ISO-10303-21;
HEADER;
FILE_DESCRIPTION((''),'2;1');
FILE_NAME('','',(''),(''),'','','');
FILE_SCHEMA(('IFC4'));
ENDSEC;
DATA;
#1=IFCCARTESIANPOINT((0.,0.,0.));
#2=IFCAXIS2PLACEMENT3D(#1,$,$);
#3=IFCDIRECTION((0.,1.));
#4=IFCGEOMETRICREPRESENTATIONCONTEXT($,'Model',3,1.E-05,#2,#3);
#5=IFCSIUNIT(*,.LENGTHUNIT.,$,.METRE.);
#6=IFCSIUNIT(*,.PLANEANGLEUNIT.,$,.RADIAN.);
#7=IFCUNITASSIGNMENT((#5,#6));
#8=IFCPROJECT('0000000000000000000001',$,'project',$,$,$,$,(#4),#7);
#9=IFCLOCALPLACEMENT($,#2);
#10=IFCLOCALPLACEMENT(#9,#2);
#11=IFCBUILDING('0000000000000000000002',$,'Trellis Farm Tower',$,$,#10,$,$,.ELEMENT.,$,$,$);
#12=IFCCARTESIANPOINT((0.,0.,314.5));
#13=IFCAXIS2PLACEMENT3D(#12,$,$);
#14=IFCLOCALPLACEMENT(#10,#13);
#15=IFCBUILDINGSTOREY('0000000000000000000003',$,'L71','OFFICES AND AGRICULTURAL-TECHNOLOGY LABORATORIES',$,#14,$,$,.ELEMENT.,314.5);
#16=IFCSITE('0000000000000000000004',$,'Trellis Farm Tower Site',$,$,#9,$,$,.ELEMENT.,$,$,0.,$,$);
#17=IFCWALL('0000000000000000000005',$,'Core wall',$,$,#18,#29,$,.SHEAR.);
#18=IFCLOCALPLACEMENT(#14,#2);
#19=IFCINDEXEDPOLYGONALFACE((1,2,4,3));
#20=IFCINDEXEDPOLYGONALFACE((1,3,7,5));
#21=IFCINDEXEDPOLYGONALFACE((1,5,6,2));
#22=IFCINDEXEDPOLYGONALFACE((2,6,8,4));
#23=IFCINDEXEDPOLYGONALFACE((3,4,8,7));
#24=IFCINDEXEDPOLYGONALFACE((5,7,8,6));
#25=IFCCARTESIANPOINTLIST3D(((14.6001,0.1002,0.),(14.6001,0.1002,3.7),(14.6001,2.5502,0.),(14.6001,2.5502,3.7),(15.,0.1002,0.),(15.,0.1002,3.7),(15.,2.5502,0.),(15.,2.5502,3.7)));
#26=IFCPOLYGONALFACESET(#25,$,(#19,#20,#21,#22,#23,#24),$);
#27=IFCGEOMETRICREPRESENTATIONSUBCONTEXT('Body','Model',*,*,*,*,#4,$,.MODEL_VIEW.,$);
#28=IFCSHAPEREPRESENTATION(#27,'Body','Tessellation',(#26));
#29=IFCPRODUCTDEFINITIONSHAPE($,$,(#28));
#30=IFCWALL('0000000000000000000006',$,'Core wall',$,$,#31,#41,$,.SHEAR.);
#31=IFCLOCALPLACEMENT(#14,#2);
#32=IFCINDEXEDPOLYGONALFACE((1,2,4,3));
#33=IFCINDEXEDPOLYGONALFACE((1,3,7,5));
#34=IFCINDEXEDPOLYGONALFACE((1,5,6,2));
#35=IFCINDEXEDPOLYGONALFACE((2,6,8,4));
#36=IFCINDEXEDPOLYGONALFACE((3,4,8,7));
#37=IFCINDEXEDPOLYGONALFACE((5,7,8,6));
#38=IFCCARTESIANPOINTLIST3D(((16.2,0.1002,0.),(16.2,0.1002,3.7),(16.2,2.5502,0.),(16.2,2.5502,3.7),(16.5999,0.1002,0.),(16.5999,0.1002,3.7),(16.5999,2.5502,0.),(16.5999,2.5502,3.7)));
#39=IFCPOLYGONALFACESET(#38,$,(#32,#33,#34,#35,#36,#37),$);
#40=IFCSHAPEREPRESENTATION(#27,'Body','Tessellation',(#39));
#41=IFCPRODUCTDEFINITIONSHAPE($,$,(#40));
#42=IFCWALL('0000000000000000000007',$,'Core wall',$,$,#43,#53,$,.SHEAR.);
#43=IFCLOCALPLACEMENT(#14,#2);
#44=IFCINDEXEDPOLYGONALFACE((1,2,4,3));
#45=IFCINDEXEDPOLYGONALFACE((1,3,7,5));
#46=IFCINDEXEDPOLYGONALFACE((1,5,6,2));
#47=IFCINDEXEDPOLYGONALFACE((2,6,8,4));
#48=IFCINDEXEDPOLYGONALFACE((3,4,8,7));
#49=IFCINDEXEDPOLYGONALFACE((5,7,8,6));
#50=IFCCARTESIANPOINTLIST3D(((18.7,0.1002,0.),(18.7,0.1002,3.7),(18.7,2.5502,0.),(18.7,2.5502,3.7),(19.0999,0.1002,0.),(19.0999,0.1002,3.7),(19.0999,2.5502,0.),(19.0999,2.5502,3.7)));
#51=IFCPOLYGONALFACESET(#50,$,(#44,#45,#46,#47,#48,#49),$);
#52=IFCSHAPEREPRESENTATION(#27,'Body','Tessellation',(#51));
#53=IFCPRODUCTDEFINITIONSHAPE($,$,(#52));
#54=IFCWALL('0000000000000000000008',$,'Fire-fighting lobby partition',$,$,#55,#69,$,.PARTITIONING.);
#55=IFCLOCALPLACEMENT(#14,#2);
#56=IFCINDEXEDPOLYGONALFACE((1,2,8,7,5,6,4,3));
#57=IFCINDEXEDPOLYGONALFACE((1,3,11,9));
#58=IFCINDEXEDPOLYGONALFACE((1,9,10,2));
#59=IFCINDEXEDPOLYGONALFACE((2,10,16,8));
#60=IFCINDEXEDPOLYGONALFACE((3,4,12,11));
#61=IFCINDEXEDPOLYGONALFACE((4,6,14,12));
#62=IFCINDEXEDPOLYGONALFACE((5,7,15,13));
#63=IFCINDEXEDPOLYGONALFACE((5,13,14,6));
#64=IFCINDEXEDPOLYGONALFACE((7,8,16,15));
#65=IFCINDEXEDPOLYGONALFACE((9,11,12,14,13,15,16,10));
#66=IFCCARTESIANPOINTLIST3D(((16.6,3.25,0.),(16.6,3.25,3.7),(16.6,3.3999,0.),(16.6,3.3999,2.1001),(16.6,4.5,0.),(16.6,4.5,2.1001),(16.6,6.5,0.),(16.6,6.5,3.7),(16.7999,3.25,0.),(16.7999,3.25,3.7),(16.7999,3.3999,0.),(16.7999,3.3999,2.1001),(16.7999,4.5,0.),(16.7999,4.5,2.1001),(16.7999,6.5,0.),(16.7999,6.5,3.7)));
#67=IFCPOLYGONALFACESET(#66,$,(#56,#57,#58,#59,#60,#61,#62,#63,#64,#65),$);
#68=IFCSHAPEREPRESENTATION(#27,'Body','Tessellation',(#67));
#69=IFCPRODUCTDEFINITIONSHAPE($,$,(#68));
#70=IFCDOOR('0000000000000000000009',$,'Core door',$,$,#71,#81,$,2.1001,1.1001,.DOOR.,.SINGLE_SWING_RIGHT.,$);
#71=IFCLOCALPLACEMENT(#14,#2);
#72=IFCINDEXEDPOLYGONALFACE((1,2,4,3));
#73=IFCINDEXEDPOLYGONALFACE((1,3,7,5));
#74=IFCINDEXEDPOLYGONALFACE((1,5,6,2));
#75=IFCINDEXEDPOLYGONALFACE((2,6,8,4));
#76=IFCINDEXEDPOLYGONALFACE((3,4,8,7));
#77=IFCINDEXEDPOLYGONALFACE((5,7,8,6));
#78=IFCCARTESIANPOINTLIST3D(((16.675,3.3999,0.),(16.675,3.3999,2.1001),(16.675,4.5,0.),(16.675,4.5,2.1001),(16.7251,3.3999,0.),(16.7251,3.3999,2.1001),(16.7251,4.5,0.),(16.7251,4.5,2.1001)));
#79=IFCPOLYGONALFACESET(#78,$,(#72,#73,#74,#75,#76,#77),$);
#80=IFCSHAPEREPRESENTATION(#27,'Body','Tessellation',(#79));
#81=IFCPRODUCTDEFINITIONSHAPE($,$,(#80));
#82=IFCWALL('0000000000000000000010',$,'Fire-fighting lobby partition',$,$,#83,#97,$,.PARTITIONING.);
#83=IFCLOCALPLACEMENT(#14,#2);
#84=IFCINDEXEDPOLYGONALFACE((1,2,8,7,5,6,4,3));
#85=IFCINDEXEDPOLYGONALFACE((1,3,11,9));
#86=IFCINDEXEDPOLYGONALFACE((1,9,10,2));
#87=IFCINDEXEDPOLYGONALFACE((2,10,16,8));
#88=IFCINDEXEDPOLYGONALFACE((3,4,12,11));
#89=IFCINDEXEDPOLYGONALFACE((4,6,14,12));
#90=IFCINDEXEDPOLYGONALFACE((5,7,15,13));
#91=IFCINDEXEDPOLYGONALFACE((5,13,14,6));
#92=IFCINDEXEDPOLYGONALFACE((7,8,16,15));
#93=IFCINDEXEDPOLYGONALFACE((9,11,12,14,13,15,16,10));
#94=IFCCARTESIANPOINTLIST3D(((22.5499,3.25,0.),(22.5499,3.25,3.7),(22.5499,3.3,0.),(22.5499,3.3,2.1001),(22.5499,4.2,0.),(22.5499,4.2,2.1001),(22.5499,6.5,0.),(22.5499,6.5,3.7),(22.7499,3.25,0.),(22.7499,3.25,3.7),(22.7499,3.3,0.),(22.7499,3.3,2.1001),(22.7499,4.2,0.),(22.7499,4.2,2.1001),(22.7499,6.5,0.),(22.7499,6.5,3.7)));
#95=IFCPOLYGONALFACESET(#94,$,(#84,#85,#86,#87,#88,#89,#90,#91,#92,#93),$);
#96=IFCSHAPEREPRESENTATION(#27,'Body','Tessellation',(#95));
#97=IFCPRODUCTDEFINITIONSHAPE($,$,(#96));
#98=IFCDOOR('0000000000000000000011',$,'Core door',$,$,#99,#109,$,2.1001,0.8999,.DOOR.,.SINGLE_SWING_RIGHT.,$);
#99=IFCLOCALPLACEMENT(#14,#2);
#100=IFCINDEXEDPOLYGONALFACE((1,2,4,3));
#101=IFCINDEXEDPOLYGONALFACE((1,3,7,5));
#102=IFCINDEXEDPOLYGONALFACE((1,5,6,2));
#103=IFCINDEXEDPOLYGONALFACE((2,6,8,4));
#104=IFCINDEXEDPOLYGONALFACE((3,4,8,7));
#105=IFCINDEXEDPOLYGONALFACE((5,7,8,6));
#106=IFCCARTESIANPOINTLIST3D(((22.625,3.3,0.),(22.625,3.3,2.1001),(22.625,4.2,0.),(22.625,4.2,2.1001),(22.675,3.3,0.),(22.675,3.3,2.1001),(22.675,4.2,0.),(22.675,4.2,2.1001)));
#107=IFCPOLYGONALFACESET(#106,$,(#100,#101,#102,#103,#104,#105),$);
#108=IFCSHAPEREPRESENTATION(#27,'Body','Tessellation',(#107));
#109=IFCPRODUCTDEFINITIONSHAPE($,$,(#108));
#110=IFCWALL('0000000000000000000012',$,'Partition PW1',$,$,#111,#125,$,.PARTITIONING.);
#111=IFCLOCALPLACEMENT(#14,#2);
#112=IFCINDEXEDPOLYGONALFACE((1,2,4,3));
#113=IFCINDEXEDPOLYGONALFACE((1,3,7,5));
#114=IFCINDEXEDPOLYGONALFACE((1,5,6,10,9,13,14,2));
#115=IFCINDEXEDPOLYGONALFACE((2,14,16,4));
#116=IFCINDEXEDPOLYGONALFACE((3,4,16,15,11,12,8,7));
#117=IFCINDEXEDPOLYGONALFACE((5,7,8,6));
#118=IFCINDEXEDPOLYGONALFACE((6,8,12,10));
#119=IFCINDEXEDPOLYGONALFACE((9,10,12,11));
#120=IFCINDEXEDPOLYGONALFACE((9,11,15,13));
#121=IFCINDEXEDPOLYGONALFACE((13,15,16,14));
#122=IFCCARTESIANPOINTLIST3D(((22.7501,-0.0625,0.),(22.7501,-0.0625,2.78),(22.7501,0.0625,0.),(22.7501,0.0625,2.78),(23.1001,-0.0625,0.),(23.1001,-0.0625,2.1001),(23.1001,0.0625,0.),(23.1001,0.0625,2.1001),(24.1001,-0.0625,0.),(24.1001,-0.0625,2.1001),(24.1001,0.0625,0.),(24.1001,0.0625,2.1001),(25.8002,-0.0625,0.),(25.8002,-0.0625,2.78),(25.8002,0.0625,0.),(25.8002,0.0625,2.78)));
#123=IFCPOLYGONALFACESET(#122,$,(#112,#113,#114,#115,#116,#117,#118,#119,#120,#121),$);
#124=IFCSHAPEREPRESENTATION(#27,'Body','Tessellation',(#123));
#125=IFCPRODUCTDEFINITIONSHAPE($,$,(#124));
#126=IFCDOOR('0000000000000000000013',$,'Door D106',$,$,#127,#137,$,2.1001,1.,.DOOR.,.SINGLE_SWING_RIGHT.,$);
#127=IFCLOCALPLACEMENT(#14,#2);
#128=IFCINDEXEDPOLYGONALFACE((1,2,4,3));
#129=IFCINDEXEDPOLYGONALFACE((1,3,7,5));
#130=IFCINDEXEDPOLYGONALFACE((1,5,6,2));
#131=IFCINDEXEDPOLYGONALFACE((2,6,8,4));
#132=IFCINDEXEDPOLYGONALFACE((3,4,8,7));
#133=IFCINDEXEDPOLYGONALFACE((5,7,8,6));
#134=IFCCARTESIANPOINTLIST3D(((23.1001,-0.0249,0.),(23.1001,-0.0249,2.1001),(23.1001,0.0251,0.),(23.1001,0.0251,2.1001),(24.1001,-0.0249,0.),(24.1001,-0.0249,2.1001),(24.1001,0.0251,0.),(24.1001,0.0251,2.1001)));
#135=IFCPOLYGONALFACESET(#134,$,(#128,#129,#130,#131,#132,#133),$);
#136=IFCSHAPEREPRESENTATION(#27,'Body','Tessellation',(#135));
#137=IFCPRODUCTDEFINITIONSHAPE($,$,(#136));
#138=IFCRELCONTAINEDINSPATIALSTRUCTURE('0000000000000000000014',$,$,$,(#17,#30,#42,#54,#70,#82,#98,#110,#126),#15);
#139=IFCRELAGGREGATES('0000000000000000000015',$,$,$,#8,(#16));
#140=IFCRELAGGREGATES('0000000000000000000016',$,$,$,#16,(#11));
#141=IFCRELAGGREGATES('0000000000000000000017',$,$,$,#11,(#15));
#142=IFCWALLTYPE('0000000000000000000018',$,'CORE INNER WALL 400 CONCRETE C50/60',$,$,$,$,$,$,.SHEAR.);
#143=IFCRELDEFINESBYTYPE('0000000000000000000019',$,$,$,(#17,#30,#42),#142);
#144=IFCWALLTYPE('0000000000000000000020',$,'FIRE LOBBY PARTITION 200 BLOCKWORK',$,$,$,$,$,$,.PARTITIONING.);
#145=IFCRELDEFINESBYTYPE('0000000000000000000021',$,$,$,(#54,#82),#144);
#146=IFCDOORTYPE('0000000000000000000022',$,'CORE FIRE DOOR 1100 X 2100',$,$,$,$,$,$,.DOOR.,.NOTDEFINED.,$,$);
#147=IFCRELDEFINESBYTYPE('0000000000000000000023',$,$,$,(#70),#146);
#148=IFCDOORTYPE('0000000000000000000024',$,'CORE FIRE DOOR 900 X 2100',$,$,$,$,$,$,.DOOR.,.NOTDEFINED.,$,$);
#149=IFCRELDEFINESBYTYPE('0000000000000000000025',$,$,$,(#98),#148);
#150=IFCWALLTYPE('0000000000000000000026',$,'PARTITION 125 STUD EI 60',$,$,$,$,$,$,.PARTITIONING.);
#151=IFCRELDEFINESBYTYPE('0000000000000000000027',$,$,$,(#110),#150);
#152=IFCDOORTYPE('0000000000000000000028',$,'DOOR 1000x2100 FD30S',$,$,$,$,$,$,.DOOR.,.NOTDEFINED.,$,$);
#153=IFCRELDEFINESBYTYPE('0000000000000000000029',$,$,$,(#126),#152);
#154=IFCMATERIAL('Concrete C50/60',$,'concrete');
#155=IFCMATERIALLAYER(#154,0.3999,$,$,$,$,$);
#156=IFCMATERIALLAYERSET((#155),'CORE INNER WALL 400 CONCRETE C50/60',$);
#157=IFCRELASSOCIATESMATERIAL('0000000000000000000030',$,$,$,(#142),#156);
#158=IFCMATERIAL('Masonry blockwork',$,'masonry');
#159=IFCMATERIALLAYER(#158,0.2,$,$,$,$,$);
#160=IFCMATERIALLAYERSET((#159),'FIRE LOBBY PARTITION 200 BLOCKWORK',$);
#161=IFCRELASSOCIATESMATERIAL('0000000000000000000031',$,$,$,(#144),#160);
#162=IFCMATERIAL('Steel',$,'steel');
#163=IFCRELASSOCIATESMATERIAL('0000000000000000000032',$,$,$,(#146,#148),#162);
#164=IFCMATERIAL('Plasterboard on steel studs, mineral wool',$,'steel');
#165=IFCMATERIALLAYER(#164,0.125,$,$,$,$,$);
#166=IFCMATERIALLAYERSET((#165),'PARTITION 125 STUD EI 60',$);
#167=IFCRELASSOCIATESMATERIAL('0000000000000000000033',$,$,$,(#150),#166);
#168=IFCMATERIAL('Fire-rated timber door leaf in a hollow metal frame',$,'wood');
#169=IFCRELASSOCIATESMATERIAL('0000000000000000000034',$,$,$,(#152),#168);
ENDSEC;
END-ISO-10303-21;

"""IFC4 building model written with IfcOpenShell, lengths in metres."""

from ifc_helpers import new_model, si_unit, direction, frame, frame_2d, origin, place, context, subcontext, project, spatial, rectangle, extrude, source, transform, mapped, material, layer, layer_set, type_object, element, fill, save


model = new_model("IFC4")

# Units and contexts
model_context = context("Model", 3, precision=1e-05, world=origin(), true_north=direction((0.0, 1.0)))
body_context = subcontext(model_context, "Body", "Model", "MODEL_VIEW")
ifc_project = project(units=[si_unit("LENGTHUNIT", "METRE"), si_unit("PLANEANGLEUNIT", "RADIAN")], contexts=[model_context])

# Site, building, storey
site_placement = place(None, origin())
site = spatial("IfcSite", under=ifc_project, at=site_placement, Name="Trellis Farm Tower Site", CompositionType="ELEMENT", RefElevation=0.0)
building_placement = place(site_placement, origin())
building = spatial("IfcBuilding", under=site, at=building_placement, Name="Trellis Farm Tower", CompositionType="ELEMENT")
storey_placement = place(building_placement, frame((0.0, 0.0, 314.5)))
storey = spatial("IfcBuildingStorey", under=building, at=storey_placement, Name="L71", Description="OFFICES AND AGRICULTURAL-TECHNOLOGY LABORATORIES", CompositionType="ELEMENT", Elevation=314.5)

# Walls
ifc_material_1 = material(Name="Concrete C50/60", Category="concrete")
ifc_layer_1 = layer(ifc_material_1, 0.3999)
ifc_layer_set_1 = layer_set([ifc_layer_1], Name="CORE INNER WALL 400 CONCRETE C50/60")
wall_type_1 = type_object("IfcWallType", Name="CORE INNER WALL 400 CONCRETE C50/60", PredefinedType="SHEAR", material=ifc_layer_set_1)
shared_shape_1 = source(origin(), body_context, "Body", "SweptSolid", [
    extrude(rectangle(XDim=2.45, YDim=0.3999, at=frame_2d((1.2251, 0.0))), origin(), (0.0, 0.0, 1.0), 3.7),
])
for number, where, z_axis, x_axis, name in (
    (1, (14.8, 0.1001, 0.0), (0.0, 0.0, 1.0), (0.0, 1.0, 0.0), "Core wall"),
    (2, (16.3999, 0.1001, 0.0), (0.0, 0.0, 1.0), (0.0, 1.0, 0.0), "Core wall"),
    (3, (18.8999, 0.1001, 0.0), (0.0, 0.0, 1.0), (0.0, 1.0, 0.0), "Core wall"),
):
    element("IfcWall", number, at=place(storey_placement, frame(where, z_axis=z_axis, x_axis=x_axis)), inside=storey, type_object=wall_type_1, Name=name, PredefinedType="SHEAR", context=body_context, shape_type="MappedRepresentation", body=[
        mapped(shared_shape_1, transform((0.0, 0.0, 0.0))),
    ])

# Walls, openings, doors
ifc_material_2 = material(Name="Masonry blockwork", Category="masonry")
ifc_layer_2 = layer(ifc_material_2, 0.2)
ifc_layer_set_2 = layer_set([ifc_layer_2], Name="FIRE LOBBY PARTITION 200 BLOCKWORK")
wall_type_2 = type_object("IfcWallType", Name="FIRE LOBBY PARTITION 200 BLOCKWORK", PredefinedType="PARTITIONING", material=ifc_layer_set_2)
shared_shape_2 = source(origin(), body_context, "Body", "SweptSolid", [
    extrude(rectangle(XDim=3.25, YDim=0.2, at=frame_2d((1.625, 0.0))), origin(), (0.0, 0.0, 1.0), 3.7),
])
wall_1_placement = place(storey_placement, frame((16.7, 3.25, 0.0), z_axis=(0.0, 0.0, 1.0), x_axis=(0.0, 1.0, 0.0)))
wall_1 = element("IfcWall", 4, at=wall_1_placement, inside=storey, type_object=wall_type_2, Name="Fire-fighting lobby partition", PredefinedType="PARTITIONING", context=body_context, shape_type="MappedRepresentation", body=[
    mapped(shared_shape_2, transform((0.0, 0.0, 0.0))),
])
shared_shape_3 = source(origin(), body_context, "Body", "SweptSolid", [
    extrude(rectangle(XDim=1.1001, YDim=2.1001, at=frame_2d((0.55, 1.05))), frame((0.0, 0.1101, 0.0), z_axis=(0.0, -1.0, 0.0), x_axis=(1.0, 0.0, 0.0)), (0.0, 0.0, 1.0), 0.2202),
])
opening_1_placement = place(wall_1_placement, frame((0.1499, 0.0, 0.0)))
opening_1 = element("IfcOpeningElement", 5, at=opening_1_placement, cuts=wall_1, PredefinedType="OPENING", context=body_context, shape_type="MappedRepresentation", body=[
    mapped(shared_shape_3, transform((0.0, 0.0, 0.0))),
])
ifc_material_3 = material(Name="Steel", Category="steel")
door_type_1 = type_object("IfcDoorType", Name="CORE FIRE DOOR 1100 X 2100", OperationType="NOTDEFINED", PredefinedType="DOOR", material=ifc_material_3)
shared_shape_4 = source(origin(), body_context, "Body", "SweptSolid", [
    extrude(rectangle(XDim=1.1001, YDim=2.1001, at=frame_2d((0.55, 1.05))), frame((0.0, 0.0249, 0.0), z_axis=(0.0, -1.0, 0.0), x_axis=(1.0, 0.0, 0.0)), (0.0, 0.0, 1.0), 0.05),
])
door_1_placement = place(opening_1_placement, origin())
door_1 = element("IfcDoor", 6, at=door_1_placement, inside=storey, type_object=door_type_1, Name="Core door", OperationType="SINGLE_SWING_RIGHT", OverallHeight=2.1001, OverallWidth=1.1001, PredefinedType="DOOR", context=body_context, shape_type="MappedRepresentation", body=[
    mapped(shared_shape_4, transform((0.0, 0.0, 0.0))),
])
fill(opening_1, door_1)
wall_2_placement = place(storey_placement, frame((22.6499, 3.25, 0.0), z_axis=(0.0, 0.0, 1.0), x_axis=(0.0, 1.0, 0.0)))
wall_2 = element("IfcWall", 7, at=wall_2_placement, inside=storey, type_object=wall_type_2, Name="Fire-fighting lobby partition", PredefinedType="PARTITIONING", context=body_context, shape_type="MappedRepresentation", body=[
    mapped(shared_shape_2, transform((0.0, 0.0, 0.0))),
])
shared_shape_5 = source(origin(), body_context, "Body", "SweptSolid", [
    extrude(rectangle(XDim=0.8999, YDim=2.1001, at=frame_2d((0.45, 1.05))), frame((0.0, 0.1101, 0.0), z_axis=(0.0, -1.0, 0.0), x_axis=(1.0, 0.0, 0.0)), (0.0, 0.0, 1.0), 0.2202),
])
opening_2_placement = place(wall_2_placement, frame((0.05, 0.0, 0.0)))
opening_2 = element("IfcOpeningElement", 8, at=opening_2_placement, cuts=wall_2, PredefinedType="OPENING", context=body_context, shape_type="MappedRepresentation", body=[
    mapped(shared_shape_5, transform((0.0, 0.0, 0.0))),
])
door_type_2 = type_object("IfcDoorType", Name="CORE FIRE DOOR 900 X 2100", OperationType="NOTDEFINED", PredefinedType="DOOR", material=ifc_material_3)
shared_shape_6 = source(origin(), body_context, "Body", "SweptSolid", [
    extrude(rectangle(XDim=0.8999, YDim=2.1001, at=frame_2d((0.45, 1.05))), frame((0.0, 0.0249, 0.0), z_axis=(0.0, -1.0, 0.0), x_axis=(1.0, 0.0, 0.0)), (0.0, 0.0, 1.0), 0.05),
])
door_2_placement = place(opening_2_placement, origin())
door_2 = element("IfcDoor", 9, at=door_2_placement, inside=storey, type_object=door_type_2, Name="Core door", OperationType="SINGLE_SWING_RIGHT", OverallHeight=2.1001, OverallWidth=0.8999, PredefinedType="DOOR", context=body_context, shape_type="MappedRepresentation", body=[
    mapped(shared_shape_6, transform((0.0, 0.0, 0.0))),
])
fill(opening_2, door_2)
ifc_material_4 = material(Name="Plasterboard on steel studs, mineral wool", Category="steel")
ifc_layer_3 = layer(ifc_material_4, 0.125)
ifc_layer_set_3 = layer_set([ifc_layer_3], Name="PARTITION 125 STUD EI 60")
wall_type_3 = type_object("IfcWallType", Name="PARTITION 125 STUD EI 60", PredefinedType="PARTITIONING", material=ifc_layer_set_3)
shared_shape_7 = source(origin(), body_context, "Body", "SweptSolid", [
    extrude(rectangle(XDim=3.05, YDim=0.125, at=frame_2d((1.5249, 0.0))), origin(), (0.0, 0.0, 1.0), 2.78),
])
wall_3_placement = place(storey_placement, frame((25.8, 0.0, 0.0), z_axis=(0.0, 0.0, 1.0), x_axis=(-1.0, 0.0, 0.0)))
wall_3 = element("IfcWall", 10, at=wall_3_placement, inside=storey, type_object=wall_type_3, Name="Partition PW1", PredefinedType="PARTITIONING", context=body_context, shape_type="MappedRepresentation", body=[
    mapped(shared_shape_7, transform((0.0, 0.0, 0.0))),
])
shared_shape_8 = source(origin(), body_context, "Body", "SweptSolid", [
    extrude(rectangle(XDim=1.0, YDim=2.1001, at=frame_2d((0.5, 1.05))), frame((0.0, 0.0725, 0.0), z_axis=(0.0, -1.0, 0.0), x_axis=(1.0, 0.0, 0.0)), (0.0, 0.0, 1.0), 0.145),
])
opening_3_placement = place(wall_3_placement, frame((1.7, 0.0, 0.0)))
opening_3 = element("IfcOpeningElement", 11, at=opening_3_placement, cuts=wall_3, PredefinedType="OPENING", context=body_context, shape_type="MappedRepresentation", body=[
    mapped(shared_shape_8, transform((0.0, 0.0, 0.0))),
])
ifc_material_5 = material(Name="Fire-rated timber door leaf in a hollow metal frame", Category="wood")
door_type_3 = type_object("IfcDoorType", Name="DOOR 1000x2100 FD30S", OperationType="NOTDEFINED", PredefinedType="DOOR", material=ifc_material_5)
shared_shape_9 = source(origin(), body_context, "Body", "SweptSolid", [
    extrude(rectangle(XDim=1.0, YDim=2.1001, at=frame_2d((0.5, 1.05))), frame((0.0, 0.0249, 0.0), z_axis=(0.0, -1.0, 0.0), x_axis=(1.0, 0.0, 0.0)), (0.0, 0.0, 1.0), 0.05),
])
door_3_placement = place(opening_3_placement, origin())
door_3 = element("IfcDoor", 12, at=door_3_placement, inside=storey, type_object=door_type_3, Name="Door D106", OperationType="SINGLE_SWING_RIGHT", OverallHeight=2.1001, OverallWidth=1.0, PredefinedType="DOOR", context=body_context, shape_type="MappedRepresentation", body=[
    mapped(shared_shape_9, transform((0.0, 0.0, 0.0))),
])
fill(opening_3, door_3)

save(model, "model.ifc")
